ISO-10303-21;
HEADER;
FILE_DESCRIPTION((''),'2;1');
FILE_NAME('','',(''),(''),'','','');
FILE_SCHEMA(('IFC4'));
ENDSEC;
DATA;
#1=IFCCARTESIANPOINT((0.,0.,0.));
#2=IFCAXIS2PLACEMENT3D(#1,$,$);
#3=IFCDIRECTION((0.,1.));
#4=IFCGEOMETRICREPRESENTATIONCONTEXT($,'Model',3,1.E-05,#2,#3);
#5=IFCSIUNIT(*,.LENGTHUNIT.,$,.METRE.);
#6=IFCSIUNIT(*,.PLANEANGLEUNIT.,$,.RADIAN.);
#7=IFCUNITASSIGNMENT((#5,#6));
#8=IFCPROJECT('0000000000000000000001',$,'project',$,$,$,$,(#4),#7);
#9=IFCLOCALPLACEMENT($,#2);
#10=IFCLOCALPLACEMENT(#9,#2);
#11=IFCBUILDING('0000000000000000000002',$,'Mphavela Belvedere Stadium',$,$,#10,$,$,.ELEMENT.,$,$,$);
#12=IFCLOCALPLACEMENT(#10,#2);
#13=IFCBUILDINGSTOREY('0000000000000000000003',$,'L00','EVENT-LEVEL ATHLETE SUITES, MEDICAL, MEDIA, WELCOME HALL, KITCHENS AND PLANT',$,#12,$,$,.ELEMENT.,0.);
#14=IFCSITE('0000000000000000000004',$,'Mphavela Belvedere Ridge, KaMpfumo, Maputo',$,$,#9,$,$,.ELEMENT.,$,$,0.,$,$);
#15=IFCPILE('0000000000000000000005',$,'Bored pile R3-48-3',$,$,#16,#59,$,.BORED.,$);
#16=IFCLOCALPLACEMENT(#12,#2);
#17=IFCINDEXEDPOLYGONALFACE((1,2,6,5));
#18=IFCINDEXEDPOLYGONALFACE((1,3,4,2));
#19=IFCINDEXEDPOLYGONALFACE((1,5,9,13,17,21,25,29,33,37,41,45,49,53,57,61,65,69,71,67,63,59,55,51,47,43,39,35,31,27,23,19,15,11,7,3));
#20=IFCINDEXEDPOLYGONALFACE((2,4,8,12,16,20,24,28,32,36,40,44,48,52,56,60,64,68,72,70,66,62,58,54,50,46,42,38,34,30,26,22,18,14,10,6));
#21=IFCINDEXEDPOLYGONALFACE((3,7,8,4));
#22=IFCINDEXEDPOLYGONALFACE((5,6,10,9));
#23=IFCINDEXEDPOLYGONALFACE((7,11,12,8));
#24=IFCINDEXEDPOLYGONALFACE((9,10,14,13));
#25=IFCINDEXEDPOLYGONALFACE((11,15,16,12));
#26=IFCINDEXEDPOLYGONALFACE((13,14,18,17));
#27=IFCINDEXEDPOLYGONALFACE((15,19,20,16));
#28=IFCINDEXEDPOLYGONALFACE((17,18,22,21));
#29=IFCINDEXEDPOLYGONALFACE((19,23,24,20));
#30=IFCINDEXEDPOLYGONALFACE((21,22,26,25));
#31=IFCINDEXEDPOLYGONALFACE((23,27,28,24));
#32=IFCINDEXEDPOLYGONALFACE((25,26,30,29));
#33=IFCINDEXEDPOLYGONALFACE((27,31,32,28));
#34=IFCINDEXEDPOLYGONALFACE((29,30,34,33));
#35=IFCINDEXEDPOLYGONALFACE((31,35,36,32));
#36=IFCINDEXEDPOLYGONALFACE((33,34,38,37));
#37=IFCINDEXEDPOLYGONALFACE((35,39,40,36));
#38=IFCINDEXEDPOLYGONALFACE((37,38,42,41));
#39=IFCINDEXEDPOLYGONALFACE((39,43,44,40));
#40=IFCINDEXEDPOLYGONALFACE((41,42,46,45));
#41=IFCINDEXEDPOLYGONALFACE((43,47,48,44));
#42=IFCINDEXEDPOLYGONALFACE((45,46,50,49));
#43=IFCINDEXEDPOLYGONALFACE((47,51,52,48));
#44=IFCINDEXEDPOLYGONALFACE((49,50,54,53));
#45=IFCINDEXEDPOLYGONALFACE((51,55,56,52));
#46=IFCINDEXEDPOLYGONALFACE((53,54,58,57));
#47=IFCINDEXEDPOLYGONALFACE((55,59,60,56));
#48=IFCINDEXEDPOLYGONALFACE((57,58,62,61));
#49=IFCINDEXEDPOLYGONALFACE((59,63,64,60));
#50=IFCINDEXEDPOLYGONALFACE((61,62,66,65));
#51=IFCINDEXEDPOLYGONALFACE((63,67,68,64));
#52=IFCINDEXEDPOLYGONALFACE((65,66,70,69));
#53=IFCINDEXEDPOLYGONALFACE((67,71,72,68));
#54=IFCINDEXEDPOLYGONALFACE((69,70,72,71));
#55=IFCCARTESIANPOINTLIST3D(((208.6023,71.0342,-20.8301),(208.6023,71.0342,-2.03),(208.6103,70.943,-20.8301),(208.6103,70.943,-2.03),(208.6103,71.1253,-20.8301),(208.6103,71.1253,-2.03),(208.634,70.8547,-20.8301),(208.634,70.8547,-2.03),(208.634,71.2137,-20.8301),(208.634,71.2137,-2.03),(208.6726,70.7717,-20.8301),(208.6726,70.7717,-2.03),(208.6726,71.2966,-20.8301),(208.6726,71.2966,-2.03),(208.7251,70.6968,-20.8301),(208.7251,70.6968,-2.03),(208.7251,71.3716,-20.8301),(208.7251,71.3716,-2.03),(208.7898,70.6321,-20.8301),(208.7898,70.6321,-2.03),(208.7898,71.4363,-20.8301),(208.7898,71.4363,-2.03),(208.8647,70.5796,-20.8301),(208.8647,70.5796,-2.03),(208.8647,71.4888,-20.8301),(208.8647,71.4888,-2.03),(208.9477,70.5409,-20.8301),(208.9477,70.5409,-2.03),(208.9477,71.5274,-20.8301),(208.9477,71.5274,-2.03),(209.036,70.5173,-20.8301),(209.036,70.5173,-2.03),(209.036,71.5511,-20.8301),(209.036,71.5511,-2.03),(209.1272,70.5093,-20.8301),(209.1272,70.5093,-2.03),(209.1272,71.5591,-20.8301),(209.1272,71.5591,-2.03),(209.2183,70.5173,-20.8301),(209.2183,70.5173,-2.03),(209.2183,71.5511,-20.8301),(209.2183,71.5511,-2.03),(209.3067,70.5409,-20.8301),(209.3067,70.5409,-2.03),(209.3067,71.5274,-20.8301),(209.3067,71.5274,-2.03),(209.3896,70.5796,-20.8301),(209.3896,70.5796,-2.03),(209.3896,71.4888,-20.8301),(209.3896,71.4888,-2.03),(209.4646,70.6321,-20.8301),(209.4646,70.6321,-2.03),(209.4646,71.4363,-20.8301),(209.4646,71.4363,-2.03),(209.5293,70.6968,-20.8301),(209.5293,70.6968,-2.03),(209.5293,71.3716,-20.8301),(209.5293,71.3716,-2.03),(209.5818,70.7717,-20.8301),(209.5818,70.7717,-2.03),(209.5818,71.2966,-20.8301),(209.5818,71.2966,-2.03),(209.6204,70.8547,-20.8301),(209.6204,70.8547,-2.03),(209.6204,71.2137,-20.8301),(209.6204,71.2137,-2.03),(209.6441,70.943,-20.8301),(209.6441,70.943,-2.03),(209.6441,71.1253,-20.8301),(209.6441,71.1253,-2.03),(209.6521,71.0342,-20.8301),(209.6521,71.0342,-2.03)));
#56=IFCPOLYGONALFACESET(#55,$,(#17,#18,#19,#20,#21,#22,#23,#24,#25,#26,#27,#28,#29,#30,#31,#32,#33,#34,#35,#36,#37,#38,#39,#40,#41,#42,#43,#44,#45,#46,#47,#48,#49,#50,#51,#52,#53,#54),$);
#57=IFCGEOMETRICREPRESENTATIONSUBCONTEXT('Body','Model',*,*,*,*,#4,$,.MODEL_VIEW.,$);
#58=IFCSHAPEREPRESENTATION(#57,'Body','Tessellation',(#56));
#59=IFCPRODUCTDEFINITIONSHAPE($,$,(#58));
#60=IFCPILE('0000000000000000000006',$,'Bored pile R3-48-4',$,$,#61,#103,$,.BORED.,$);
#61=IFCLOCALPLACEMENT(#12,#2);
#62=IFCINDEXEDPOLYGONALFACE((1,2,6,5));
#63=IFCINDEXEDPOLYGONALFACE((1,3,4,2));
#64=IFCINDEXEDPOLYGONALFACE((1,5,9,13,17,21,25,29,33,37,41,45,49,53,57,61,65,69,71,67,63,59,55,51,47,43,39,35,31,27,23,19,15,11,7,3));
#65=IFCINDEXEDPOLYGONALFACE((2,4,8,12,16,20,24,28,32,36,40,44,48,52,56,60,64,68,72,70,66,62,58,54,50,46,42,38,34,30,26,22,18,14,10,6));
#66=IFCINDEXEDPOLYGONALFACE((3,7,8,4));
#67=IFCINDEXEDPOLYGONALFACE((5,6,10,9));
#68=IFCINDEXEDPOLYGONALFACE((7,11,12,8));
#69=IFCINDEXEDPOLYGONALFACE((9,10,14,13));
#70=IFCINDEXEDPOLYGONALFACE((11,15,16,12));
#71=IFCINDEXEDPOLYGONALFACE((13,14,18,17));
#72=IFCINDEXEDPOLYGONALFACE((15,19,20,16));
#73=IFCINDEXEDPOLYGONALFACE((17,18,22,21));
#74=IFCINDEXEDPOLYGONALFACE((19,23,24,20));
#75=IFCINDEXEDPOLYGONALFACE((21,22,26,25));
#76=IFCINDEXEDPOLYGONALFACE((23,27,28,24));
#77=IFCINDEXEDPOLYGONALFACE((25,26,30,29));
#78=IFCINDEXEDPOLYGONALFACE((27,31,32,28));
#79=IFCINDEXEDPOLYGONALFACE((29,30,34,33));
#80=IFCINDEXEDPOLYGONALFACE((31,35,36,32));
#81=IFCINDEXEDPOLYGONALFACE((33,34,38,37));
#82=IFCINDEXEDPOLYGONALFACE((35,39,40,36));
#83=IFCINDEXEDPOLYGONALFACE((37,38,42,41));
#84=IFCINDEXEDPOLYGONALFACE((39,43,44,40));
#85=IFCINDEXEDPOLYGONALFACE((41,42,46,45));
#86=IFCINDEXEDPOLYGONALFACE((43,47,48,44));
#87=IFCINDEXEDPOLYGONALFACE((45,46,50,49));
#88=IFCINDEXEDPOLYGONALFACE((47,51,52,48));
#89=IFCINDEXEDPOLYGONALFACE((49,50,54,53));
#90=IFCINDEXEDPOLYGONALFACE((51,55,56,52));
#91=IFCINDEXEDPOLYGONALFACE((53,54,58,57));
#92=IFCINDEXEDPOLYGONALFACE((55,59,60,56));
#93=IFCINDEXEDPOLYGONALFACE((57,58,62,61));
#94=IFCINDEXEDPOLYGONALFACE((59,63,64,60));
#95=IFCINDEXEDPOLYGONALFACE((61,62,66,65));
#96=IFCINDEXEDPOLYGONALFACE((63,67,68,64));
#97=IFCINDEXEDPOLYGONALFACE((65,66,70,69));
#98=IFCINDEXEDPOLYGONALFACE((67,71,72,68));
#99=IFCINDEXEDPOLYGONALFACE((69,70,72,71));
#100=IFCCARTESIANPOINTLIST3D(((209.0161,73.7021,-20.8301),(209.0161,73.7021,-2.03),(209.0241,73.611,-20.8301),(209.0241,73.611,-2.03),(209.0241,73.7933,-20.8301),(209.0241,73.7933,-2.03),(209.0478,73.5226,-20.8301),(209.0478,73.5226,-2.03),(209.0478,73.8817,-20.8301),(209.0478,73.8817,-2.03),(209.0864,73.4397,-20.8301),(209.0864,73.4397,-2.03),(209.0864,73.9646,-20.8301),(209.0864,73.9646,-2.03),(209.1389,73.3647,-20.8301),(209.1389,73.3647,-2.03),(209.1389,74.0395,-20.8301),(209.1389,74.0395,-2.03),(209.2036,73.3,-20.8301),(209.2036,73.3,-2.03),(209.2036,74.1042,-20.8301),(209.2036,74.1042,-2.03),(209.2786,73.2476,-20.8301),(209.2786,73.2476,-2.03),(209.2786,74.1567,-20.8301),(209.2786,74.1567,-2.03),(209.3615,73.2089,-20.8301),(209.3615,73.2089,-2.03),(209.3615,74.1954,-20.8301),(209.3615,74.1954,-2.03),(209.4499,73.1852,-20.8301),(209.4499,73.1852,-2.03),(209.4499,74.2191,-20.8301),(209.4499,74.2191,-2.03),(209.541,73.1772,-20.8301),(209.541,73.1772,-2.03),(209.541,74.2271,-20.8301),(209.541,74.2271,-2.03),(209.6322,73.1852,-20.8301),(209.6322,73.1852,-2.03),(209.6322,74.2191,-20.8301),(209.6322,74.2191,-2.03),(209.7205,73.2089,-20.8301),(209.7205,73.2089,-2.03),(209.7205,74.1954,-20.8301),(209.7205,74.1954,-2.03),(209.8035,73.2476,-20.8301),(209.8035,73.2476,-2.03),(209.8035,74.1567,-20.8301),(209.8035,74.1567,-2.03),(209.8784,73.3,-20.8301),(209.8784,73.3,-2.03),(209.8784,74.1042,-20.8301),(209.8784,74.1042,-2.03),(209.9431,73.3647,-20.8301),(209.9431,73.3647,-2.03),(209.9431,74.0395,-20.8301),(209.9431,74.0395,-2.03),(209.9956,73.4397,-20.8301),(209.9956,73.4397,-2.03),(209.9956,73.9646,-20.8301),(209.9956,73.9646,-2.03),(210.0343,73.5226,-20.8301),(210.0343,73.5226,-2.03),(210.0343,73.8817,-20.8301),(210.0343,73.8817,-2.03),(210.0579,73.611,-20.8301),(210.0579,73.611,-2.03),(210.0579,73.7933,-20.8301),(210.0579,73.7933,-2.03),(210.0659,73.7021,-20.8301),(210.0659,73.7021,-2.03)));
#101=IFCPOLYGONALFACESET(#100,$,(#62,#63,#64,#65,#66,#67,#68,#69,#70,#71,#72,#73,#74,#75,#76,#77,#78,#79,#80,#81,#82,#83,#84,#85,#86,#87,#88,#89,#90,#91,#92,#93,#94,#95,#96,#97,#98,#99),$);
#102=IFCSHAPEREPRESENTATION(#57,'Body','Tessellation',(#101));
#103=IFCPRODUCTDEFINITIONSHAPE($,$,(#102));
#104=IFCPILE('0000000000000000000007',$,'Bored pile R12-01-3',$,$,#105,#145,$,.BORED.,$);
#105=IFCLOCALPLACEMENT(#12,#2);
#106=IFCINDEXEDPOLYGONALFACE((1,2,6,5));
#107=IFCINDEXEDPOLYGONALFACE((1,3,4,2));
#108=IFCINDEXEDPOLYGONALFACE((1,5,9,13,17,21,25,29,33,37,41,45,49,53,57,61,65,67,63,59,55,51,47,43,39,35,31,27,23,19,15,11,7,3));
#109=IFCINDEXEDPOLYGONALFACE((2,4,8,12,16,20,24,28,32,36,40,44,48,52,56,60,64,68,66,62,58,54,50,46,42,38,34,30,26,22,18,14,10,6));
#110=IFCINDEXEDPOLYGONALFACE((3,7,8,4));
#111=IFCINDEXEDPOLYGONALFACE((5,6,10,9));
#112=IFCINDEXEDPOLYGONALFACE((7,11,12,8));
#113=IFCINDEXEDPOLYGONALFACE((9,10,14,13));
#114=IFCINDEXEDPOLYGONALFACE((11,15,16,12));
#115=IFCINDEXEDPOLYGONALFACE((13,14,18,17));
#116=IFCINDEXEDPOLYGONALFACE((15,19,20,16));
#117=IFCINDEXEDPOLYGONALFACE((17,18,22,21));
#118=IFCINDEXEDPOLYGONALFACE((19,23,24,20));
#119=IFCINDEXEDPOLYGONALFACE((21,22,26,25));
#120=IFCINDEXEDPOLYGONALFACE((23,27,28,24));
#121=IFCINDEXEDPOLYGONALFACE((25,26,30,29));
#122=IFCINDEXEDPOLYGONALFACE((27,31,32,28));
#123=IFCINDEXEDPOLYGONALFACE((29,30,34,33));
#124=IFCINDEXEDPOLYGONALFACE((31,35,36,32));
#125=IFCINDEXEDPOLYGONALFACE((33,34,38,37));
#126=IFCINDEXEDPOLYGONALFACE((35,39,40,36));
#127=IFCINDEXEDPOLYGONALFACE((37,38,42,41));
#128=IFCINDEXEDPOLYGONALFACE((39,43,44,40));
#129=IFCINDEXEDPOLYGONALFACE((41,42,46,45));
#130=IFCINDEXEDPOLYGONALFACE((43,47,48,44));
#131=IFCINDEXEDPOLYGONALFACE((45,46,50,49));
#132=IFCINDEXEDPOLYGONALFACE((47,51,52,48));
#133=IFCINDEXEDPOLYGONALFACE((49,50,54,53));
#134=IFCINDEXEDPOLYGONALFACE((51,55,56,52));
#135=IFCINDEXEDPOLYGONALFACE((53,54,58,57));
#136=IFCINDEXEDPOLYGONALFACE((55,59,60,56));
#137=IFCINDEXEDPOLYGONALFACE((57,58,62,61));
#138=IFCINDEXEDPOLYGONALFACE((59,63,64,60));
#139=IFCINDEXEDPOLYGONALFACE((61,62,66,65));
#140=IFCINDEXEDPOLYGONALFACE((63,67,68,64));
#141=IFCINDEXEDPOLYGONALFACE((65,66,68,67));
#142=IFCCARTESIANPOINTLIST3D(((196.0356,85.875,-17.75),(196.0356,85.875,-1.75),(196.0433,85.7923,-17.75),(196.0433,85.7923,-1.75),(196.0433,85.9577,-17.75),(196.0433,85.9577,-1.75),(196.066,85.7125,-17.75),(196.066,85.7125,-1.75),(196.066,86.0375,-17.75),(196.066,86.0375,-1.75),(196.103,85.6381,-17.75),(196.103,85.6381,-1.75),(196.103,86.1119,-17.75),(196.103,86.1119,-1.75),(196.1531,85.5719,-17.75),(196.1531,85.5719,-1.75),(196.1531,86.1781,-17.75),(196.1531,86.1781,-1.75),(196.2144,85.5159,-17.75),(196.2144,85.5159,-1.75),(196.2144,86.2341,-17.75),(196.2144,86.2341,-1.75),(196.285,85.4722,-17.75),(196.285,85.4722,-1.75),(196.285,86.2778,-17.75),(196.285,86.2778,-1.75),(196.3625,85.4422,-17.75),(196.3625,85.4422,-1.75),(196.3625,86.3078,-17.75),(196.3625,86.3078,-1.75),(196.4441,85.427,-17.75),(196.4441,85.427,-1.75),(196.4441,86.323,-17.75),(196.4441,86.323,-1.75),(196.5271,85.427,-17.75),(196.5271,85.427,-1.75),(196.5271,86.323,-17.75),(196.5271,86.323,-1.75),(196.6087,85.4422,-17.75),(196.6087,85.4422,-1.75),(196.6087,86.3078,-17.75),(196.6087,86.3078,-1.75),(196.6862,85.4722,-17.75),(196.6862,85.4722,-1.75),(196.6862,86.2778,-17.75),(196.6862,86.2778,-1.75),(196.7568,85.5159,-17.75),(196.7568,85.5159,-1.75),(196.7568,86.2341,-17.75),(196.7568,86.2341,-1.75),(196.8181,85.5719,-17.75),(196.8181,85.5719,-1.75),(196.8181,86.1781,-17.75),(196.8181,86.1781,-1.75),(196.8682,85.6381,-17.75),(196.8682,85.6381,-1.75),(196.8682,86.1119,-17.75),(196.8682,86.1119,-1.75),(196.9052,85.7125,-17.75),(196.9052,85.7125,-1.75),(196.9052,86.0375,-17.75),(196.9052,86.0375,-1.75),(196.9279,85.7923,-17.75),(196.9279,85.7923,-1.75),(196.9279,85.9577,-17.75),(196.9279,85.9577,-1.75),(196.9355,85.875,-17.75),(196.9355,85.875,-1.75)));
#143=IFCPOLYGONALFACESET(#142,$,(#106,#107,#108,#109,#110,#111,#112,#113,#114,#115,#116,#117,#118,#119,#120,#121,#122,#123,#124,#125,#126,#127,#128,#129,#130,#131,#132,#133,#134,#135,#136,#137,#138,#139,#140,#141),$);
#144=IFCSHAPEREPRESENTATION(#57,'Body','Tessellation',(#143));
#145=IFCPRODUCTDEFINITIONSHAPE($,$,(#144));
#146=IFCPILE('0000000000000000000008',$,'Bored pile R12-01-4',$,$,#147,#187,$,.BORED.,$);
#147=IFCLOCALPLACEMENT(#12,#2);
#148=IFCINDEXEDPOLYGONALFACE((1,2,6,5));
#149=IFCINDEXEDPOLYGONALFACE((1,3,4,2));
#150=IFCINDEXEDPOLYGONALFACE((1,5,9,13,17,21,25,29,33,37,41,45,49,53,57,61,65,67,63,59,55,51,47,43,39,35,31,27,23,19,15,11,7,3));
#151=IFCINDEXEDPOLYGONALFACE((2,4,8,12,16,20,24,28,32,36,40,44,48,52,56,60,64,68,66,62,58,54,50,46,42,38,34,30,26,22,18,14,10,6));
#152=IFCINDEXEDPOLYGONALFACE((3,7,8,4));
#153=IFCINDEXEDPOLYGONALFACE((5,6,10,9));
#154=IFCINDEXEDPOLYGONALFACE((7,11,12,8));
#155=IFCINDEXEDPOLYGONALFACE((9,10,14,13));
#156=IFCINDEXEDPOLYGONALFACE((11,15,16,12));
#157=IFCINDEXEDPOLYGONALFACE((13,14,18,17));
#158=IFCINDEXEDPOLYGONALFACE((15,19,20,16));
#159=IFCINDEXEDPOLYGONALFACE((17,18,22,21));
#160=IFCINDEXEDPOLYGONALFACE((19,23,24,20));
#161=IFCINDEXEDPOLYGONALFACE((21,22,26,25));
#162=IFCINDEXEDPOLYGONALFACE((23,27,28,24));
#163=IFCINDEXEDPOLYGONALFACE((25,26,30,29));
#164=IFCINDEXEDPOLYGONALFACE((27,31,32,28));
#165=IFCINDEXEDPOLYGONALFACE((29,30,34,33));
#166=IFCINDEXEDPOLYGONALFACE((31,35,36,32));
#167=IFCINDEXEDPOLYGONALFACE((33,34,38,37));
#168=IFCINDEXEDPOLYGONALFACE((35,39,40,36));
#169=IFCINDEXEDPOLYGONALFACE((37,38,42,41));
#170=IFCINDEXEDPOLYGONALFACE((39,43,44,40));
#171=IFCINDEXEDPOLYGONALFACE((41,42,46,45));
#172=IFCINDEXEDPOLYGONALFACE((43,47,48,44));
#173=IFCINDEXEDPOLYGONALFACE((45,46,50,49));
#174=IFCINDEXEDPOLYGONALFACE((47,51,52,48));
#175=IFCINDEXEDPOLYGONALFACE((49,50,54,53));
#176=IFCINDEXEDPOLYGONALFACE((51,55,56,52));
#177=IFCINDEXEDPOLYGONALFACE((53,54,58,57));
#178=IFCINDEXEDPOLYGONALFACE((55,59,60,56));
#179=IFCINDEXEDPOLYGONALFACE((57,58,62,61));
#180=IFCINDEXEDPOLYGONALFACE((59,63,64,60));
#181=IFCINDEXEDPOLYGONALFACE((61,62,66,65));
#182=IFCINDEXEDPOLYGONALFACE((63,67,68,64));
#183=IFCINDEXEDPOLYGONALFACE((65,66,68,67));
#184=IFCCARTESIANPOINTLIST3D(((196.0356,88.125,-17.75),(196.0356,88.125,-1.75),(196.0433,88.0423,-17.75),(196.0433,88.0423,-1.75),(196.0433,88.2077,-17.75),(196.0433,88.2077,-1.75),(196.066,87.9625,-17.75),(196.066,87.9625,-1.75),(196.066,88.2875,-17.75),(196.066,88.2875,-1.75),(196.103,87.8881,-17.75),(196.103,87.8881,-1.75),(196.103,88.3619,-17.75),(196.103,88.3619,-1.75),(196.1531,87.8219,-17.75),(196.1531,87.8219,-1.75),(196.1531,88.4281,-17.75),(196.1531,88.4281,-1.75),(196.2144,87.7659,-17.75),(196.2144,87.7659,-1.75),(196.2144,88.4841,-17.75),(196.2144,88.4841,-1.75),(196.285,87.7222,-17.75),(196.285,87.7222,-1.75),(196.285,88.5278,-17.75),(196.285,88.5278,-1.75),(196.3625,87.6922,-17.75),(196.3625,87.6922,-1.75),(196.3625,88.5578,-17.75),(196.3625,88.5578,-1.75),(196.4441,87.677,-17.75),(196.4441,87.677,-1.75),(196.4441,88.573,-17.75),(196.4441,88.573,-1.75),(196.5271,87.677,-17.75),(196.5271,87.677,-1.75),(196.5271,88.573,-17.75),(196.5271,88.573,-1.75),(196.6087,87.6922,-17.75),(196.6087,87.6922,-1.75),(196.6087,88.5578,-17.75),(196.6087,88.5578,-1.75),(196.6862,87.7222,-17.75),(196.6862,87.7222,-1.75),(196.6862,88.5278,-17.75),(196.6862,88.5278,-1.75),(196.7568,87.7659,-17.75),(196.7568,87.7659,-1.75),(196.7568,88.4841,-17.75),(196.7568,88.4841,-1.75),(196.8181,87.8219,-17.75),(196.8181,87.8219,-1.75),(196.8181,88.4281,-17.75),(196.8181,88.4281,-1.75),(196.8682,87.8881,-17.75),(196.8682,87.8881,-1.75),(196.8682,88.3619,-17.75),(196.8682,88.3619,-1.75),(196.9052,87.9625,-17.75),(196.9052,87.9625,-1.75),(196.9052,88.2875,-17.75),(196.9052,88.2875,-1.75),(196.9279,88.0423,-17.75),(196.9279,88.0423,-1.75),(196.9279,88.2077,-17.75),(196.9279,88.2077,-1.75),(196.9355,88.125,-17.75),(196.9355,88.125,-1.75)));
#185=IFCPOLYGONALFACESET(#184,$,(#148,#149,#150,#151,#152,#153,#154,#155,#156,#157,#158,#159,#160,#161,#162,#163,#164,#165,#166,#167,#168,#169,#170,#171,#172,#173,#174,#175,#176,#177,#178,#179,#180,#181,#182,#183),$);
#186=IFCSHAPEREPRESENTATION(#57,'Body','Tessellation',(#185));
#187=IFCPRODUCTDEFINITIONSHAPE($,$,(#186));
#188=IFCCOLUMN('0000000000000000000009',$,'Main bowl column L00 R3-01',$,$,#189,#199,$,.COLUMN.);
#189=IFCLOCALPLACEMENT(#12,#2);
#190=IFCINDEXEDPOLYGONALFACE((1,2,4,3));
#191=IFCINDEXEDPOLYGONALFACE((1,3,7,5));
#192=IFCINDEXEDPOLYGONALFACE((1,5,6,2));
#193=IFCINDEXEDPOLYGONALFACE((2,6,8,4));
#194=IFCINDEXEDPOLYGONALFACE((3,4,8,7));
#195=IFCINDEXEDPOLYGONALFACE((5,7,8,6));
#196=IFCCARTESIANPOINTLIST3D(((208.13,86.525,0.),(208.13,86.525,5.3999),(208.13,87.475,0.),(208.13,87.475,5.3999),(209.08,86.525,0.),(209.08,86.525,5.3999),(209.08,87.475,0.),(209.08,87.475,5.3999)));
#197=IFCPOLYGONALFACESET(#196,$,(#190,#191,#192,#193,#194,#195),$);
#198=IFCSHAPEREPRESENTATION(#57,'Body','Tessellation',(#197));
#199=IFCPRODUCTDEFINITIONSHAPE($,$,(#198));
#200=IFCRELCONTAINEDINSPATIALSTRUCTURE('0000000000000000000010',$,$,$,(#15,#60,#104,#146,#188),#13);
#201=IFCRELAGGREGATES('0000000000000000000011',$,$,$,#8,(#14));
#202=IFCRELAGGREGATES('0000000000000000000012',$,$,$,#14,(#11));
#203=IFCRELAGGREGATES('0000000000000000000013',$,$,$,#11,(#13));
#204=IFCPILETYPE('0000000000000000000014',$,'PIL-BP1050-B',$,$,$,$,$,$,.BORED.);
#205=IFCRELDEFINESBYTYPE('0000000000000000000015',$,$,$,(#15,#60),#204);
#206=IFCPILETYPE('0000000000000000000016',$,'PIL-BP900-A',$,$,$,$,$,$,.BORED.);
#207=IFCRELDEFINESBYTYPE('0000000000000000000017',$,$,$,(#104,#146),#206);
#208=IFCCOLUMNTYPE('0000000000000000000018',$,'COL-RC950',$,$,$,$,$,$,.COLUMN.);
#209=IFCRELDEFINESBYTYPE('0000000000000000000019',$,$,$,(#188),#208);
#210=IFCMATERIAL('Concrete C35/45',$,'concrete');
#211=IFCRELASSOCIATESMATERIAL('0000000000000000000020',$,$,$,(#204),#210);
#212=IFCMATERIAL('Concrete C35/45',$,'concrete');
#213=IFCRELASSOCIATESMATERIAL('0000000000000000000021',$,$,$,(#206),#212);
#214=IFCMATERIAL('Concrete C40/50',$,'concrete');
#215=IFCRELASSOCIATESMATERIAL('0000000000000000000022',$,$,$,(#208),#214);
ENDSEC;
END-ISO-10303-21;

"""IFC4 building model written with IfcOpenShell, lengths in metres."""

from ifc_helpers import new_model, si_unit, direction, frame, origin, origin_2d, place, context, subcontext, project, spatial, rectangle, circle, extrude, material, material_profile, profile_set, type_object, element, save


model = new_model("IFC4")

# Units and contexts
model_context = context("Model", 3, precision=1e-05, world=origin(), true_north=direction((0.0, 1.0)))
body_context = subcontext(model_context, "Body", "Model", "MODEL_VIEW")
ifc_project = project(units=[si_unit("LENGTHUNIT", "METRE"), si_unit("PLANEANGLEUNIT", "RADIAN")], contexts=[model_context])

# Site, building, storey
site_placement = place(None, origin())
site = spatial("IfcSite", under=ifc_project, at=site_placement, Name="Mphavela Belvedere Ridge, KaMpfumo, Maputo", CompositionType="ELEMENT", RefElevation=0.0)
building_placement = place(site_placement, origin())
building = spatial("IfcBuilding", under=site, at=building_placement, Name="Mphavela Belvedere Stadium", CompositionType="ELEMENT")
storey_placement = place(building_placement, origin())
storey = spatial("IfcBuildingStorey", under=building, at=storey_placement, Name="L00", Description="EVENT-LEVEL ATHLETE SUITES, MEDICAL, MEDIA, WELCOME HALL, KITCHENS AND PLANT", CompositionType="ELEMENT", Elevation=0.0)

# Piles
ifc_material_1 = material(Name="Concrete C35/45", Category="concrete")
ifc_material_profile_1 = material_profile(ifc_material_1, circle(Radius=0.5249, at=origin_2d()), Name="BP D1050")
ifc_profile_set_1 = profile_set([ifc_material_profile_1], Name="Concrete C35/45")
pile_type_1 = type_object("IfcPileType", Name="PIL-BP1050-B", PredefinedType="BORED", material=ifc_profile_set_1)
for number, where, z_axis, x_axis, name in (
    (1, (209.1272, 71.0342, -2.03), (0.0, 0.0, -1.0), (1.0, 0.0, 0.0), "Bored pile R3-48-3"),
    (2, (209.541, 73.7021, -2.03), (0.0, 0.0, -1.0), (1.0, 0.0, 0.0), "Bored pile R3-48-4"),
):
    element("IfcPile", number, at=place(storey_placement, frame(where, z_axis=z_axis, x_axis=x_axis)), inside=storey, type_object=pile_type_1, Name=name, PredefinedType="BORED", context=body_context, shape_type="SweptSolid", body=[
        extrude(circle(Radius=0.5249, at=origin_2d()), origin(), (0.0, 0.0, 1.0), 18.8),
    ])
ifc_material_2 = material(Name="Concrete C35/45", Category="concrete")
ifc_material_profile_2 = material_profile(ifc_material_2, circle(Radius=0.45, at=origin_2d()), Name="BP D900")
ifc_profile_set_2 = profile_set([ifc_material_profile_2], Name="Concrete C35/45")
pile_type_2 = type_object("IfcPileType", Name="PIL-BP900-A", PredefinedType="BORED", material=ifc_profile_set_2)
for number, where, z_axis, x_axis, name in (
    (3, (196.4856, 85.875, -1.75), (0.0, 0.0, -1.0), (1.0, 0.0, 0.0), "Bored pile R12-01-3"),
    (4, (196.4856, 88.125, -1.75), (0.0, 0.0, -1.0), (1.0, 0.0, 0.0), "Bored pile R12-01-4"),
):
    element("IfcPile", number, at=place(storey_placement, frame(where, z_axis=z_axis, x_axis=x_axis)), inside=storey, type_object=pile_type_2, Name=name, PredefinedType="BORED", context=body_context, shape_type="SweptSolid", body=[
        extrude(circle(Radius=0.45, at=origin_2d()), origin(), (0.0, 0.0, 1.0), 16.0),
    ])

# Column
ifc_material_3 = material(Name="Concrete C40/50", Category="concrete")
ifc_material_profile_3 = material_profile(ifc_material_3, rectangle(XDim=0.95, YDim=0.95, at=origin_2d()), Name="RC 950x950")
ifc_profile_set_3 = profile_set([ifc_material_profile_3], Name="Concrete C40/50")
column_type = type_object("IfcColumnType", Name="COL-RC950", PredefinedType="COLUMN", material=ifc_profile_set_3)
for number, where, z_axis, x_axis, name in (
    (5, (208.605, 87.0, 0.0), (0.0, 0.0, 1.0), (1.0, 0.0, 0.0), "Main bowl column L00 R3-01"),
):
    element("IfcColumn", number, at=place(storey_placement, frame(where, z_axis=z_axis, x_axis=x_axis)), inside=storey, type_object=column_type, Name=name, PredefinedType="COLUMN", context=body_context, shape_type="SweptSolid", body=[
        extrude(rectangle(XDim=0.95, YDim=0.95, at=origin_2d()), origin(), (0.0, 0.0, 1.0), 5.3999),
    ])

save(model, "model.ifc")
